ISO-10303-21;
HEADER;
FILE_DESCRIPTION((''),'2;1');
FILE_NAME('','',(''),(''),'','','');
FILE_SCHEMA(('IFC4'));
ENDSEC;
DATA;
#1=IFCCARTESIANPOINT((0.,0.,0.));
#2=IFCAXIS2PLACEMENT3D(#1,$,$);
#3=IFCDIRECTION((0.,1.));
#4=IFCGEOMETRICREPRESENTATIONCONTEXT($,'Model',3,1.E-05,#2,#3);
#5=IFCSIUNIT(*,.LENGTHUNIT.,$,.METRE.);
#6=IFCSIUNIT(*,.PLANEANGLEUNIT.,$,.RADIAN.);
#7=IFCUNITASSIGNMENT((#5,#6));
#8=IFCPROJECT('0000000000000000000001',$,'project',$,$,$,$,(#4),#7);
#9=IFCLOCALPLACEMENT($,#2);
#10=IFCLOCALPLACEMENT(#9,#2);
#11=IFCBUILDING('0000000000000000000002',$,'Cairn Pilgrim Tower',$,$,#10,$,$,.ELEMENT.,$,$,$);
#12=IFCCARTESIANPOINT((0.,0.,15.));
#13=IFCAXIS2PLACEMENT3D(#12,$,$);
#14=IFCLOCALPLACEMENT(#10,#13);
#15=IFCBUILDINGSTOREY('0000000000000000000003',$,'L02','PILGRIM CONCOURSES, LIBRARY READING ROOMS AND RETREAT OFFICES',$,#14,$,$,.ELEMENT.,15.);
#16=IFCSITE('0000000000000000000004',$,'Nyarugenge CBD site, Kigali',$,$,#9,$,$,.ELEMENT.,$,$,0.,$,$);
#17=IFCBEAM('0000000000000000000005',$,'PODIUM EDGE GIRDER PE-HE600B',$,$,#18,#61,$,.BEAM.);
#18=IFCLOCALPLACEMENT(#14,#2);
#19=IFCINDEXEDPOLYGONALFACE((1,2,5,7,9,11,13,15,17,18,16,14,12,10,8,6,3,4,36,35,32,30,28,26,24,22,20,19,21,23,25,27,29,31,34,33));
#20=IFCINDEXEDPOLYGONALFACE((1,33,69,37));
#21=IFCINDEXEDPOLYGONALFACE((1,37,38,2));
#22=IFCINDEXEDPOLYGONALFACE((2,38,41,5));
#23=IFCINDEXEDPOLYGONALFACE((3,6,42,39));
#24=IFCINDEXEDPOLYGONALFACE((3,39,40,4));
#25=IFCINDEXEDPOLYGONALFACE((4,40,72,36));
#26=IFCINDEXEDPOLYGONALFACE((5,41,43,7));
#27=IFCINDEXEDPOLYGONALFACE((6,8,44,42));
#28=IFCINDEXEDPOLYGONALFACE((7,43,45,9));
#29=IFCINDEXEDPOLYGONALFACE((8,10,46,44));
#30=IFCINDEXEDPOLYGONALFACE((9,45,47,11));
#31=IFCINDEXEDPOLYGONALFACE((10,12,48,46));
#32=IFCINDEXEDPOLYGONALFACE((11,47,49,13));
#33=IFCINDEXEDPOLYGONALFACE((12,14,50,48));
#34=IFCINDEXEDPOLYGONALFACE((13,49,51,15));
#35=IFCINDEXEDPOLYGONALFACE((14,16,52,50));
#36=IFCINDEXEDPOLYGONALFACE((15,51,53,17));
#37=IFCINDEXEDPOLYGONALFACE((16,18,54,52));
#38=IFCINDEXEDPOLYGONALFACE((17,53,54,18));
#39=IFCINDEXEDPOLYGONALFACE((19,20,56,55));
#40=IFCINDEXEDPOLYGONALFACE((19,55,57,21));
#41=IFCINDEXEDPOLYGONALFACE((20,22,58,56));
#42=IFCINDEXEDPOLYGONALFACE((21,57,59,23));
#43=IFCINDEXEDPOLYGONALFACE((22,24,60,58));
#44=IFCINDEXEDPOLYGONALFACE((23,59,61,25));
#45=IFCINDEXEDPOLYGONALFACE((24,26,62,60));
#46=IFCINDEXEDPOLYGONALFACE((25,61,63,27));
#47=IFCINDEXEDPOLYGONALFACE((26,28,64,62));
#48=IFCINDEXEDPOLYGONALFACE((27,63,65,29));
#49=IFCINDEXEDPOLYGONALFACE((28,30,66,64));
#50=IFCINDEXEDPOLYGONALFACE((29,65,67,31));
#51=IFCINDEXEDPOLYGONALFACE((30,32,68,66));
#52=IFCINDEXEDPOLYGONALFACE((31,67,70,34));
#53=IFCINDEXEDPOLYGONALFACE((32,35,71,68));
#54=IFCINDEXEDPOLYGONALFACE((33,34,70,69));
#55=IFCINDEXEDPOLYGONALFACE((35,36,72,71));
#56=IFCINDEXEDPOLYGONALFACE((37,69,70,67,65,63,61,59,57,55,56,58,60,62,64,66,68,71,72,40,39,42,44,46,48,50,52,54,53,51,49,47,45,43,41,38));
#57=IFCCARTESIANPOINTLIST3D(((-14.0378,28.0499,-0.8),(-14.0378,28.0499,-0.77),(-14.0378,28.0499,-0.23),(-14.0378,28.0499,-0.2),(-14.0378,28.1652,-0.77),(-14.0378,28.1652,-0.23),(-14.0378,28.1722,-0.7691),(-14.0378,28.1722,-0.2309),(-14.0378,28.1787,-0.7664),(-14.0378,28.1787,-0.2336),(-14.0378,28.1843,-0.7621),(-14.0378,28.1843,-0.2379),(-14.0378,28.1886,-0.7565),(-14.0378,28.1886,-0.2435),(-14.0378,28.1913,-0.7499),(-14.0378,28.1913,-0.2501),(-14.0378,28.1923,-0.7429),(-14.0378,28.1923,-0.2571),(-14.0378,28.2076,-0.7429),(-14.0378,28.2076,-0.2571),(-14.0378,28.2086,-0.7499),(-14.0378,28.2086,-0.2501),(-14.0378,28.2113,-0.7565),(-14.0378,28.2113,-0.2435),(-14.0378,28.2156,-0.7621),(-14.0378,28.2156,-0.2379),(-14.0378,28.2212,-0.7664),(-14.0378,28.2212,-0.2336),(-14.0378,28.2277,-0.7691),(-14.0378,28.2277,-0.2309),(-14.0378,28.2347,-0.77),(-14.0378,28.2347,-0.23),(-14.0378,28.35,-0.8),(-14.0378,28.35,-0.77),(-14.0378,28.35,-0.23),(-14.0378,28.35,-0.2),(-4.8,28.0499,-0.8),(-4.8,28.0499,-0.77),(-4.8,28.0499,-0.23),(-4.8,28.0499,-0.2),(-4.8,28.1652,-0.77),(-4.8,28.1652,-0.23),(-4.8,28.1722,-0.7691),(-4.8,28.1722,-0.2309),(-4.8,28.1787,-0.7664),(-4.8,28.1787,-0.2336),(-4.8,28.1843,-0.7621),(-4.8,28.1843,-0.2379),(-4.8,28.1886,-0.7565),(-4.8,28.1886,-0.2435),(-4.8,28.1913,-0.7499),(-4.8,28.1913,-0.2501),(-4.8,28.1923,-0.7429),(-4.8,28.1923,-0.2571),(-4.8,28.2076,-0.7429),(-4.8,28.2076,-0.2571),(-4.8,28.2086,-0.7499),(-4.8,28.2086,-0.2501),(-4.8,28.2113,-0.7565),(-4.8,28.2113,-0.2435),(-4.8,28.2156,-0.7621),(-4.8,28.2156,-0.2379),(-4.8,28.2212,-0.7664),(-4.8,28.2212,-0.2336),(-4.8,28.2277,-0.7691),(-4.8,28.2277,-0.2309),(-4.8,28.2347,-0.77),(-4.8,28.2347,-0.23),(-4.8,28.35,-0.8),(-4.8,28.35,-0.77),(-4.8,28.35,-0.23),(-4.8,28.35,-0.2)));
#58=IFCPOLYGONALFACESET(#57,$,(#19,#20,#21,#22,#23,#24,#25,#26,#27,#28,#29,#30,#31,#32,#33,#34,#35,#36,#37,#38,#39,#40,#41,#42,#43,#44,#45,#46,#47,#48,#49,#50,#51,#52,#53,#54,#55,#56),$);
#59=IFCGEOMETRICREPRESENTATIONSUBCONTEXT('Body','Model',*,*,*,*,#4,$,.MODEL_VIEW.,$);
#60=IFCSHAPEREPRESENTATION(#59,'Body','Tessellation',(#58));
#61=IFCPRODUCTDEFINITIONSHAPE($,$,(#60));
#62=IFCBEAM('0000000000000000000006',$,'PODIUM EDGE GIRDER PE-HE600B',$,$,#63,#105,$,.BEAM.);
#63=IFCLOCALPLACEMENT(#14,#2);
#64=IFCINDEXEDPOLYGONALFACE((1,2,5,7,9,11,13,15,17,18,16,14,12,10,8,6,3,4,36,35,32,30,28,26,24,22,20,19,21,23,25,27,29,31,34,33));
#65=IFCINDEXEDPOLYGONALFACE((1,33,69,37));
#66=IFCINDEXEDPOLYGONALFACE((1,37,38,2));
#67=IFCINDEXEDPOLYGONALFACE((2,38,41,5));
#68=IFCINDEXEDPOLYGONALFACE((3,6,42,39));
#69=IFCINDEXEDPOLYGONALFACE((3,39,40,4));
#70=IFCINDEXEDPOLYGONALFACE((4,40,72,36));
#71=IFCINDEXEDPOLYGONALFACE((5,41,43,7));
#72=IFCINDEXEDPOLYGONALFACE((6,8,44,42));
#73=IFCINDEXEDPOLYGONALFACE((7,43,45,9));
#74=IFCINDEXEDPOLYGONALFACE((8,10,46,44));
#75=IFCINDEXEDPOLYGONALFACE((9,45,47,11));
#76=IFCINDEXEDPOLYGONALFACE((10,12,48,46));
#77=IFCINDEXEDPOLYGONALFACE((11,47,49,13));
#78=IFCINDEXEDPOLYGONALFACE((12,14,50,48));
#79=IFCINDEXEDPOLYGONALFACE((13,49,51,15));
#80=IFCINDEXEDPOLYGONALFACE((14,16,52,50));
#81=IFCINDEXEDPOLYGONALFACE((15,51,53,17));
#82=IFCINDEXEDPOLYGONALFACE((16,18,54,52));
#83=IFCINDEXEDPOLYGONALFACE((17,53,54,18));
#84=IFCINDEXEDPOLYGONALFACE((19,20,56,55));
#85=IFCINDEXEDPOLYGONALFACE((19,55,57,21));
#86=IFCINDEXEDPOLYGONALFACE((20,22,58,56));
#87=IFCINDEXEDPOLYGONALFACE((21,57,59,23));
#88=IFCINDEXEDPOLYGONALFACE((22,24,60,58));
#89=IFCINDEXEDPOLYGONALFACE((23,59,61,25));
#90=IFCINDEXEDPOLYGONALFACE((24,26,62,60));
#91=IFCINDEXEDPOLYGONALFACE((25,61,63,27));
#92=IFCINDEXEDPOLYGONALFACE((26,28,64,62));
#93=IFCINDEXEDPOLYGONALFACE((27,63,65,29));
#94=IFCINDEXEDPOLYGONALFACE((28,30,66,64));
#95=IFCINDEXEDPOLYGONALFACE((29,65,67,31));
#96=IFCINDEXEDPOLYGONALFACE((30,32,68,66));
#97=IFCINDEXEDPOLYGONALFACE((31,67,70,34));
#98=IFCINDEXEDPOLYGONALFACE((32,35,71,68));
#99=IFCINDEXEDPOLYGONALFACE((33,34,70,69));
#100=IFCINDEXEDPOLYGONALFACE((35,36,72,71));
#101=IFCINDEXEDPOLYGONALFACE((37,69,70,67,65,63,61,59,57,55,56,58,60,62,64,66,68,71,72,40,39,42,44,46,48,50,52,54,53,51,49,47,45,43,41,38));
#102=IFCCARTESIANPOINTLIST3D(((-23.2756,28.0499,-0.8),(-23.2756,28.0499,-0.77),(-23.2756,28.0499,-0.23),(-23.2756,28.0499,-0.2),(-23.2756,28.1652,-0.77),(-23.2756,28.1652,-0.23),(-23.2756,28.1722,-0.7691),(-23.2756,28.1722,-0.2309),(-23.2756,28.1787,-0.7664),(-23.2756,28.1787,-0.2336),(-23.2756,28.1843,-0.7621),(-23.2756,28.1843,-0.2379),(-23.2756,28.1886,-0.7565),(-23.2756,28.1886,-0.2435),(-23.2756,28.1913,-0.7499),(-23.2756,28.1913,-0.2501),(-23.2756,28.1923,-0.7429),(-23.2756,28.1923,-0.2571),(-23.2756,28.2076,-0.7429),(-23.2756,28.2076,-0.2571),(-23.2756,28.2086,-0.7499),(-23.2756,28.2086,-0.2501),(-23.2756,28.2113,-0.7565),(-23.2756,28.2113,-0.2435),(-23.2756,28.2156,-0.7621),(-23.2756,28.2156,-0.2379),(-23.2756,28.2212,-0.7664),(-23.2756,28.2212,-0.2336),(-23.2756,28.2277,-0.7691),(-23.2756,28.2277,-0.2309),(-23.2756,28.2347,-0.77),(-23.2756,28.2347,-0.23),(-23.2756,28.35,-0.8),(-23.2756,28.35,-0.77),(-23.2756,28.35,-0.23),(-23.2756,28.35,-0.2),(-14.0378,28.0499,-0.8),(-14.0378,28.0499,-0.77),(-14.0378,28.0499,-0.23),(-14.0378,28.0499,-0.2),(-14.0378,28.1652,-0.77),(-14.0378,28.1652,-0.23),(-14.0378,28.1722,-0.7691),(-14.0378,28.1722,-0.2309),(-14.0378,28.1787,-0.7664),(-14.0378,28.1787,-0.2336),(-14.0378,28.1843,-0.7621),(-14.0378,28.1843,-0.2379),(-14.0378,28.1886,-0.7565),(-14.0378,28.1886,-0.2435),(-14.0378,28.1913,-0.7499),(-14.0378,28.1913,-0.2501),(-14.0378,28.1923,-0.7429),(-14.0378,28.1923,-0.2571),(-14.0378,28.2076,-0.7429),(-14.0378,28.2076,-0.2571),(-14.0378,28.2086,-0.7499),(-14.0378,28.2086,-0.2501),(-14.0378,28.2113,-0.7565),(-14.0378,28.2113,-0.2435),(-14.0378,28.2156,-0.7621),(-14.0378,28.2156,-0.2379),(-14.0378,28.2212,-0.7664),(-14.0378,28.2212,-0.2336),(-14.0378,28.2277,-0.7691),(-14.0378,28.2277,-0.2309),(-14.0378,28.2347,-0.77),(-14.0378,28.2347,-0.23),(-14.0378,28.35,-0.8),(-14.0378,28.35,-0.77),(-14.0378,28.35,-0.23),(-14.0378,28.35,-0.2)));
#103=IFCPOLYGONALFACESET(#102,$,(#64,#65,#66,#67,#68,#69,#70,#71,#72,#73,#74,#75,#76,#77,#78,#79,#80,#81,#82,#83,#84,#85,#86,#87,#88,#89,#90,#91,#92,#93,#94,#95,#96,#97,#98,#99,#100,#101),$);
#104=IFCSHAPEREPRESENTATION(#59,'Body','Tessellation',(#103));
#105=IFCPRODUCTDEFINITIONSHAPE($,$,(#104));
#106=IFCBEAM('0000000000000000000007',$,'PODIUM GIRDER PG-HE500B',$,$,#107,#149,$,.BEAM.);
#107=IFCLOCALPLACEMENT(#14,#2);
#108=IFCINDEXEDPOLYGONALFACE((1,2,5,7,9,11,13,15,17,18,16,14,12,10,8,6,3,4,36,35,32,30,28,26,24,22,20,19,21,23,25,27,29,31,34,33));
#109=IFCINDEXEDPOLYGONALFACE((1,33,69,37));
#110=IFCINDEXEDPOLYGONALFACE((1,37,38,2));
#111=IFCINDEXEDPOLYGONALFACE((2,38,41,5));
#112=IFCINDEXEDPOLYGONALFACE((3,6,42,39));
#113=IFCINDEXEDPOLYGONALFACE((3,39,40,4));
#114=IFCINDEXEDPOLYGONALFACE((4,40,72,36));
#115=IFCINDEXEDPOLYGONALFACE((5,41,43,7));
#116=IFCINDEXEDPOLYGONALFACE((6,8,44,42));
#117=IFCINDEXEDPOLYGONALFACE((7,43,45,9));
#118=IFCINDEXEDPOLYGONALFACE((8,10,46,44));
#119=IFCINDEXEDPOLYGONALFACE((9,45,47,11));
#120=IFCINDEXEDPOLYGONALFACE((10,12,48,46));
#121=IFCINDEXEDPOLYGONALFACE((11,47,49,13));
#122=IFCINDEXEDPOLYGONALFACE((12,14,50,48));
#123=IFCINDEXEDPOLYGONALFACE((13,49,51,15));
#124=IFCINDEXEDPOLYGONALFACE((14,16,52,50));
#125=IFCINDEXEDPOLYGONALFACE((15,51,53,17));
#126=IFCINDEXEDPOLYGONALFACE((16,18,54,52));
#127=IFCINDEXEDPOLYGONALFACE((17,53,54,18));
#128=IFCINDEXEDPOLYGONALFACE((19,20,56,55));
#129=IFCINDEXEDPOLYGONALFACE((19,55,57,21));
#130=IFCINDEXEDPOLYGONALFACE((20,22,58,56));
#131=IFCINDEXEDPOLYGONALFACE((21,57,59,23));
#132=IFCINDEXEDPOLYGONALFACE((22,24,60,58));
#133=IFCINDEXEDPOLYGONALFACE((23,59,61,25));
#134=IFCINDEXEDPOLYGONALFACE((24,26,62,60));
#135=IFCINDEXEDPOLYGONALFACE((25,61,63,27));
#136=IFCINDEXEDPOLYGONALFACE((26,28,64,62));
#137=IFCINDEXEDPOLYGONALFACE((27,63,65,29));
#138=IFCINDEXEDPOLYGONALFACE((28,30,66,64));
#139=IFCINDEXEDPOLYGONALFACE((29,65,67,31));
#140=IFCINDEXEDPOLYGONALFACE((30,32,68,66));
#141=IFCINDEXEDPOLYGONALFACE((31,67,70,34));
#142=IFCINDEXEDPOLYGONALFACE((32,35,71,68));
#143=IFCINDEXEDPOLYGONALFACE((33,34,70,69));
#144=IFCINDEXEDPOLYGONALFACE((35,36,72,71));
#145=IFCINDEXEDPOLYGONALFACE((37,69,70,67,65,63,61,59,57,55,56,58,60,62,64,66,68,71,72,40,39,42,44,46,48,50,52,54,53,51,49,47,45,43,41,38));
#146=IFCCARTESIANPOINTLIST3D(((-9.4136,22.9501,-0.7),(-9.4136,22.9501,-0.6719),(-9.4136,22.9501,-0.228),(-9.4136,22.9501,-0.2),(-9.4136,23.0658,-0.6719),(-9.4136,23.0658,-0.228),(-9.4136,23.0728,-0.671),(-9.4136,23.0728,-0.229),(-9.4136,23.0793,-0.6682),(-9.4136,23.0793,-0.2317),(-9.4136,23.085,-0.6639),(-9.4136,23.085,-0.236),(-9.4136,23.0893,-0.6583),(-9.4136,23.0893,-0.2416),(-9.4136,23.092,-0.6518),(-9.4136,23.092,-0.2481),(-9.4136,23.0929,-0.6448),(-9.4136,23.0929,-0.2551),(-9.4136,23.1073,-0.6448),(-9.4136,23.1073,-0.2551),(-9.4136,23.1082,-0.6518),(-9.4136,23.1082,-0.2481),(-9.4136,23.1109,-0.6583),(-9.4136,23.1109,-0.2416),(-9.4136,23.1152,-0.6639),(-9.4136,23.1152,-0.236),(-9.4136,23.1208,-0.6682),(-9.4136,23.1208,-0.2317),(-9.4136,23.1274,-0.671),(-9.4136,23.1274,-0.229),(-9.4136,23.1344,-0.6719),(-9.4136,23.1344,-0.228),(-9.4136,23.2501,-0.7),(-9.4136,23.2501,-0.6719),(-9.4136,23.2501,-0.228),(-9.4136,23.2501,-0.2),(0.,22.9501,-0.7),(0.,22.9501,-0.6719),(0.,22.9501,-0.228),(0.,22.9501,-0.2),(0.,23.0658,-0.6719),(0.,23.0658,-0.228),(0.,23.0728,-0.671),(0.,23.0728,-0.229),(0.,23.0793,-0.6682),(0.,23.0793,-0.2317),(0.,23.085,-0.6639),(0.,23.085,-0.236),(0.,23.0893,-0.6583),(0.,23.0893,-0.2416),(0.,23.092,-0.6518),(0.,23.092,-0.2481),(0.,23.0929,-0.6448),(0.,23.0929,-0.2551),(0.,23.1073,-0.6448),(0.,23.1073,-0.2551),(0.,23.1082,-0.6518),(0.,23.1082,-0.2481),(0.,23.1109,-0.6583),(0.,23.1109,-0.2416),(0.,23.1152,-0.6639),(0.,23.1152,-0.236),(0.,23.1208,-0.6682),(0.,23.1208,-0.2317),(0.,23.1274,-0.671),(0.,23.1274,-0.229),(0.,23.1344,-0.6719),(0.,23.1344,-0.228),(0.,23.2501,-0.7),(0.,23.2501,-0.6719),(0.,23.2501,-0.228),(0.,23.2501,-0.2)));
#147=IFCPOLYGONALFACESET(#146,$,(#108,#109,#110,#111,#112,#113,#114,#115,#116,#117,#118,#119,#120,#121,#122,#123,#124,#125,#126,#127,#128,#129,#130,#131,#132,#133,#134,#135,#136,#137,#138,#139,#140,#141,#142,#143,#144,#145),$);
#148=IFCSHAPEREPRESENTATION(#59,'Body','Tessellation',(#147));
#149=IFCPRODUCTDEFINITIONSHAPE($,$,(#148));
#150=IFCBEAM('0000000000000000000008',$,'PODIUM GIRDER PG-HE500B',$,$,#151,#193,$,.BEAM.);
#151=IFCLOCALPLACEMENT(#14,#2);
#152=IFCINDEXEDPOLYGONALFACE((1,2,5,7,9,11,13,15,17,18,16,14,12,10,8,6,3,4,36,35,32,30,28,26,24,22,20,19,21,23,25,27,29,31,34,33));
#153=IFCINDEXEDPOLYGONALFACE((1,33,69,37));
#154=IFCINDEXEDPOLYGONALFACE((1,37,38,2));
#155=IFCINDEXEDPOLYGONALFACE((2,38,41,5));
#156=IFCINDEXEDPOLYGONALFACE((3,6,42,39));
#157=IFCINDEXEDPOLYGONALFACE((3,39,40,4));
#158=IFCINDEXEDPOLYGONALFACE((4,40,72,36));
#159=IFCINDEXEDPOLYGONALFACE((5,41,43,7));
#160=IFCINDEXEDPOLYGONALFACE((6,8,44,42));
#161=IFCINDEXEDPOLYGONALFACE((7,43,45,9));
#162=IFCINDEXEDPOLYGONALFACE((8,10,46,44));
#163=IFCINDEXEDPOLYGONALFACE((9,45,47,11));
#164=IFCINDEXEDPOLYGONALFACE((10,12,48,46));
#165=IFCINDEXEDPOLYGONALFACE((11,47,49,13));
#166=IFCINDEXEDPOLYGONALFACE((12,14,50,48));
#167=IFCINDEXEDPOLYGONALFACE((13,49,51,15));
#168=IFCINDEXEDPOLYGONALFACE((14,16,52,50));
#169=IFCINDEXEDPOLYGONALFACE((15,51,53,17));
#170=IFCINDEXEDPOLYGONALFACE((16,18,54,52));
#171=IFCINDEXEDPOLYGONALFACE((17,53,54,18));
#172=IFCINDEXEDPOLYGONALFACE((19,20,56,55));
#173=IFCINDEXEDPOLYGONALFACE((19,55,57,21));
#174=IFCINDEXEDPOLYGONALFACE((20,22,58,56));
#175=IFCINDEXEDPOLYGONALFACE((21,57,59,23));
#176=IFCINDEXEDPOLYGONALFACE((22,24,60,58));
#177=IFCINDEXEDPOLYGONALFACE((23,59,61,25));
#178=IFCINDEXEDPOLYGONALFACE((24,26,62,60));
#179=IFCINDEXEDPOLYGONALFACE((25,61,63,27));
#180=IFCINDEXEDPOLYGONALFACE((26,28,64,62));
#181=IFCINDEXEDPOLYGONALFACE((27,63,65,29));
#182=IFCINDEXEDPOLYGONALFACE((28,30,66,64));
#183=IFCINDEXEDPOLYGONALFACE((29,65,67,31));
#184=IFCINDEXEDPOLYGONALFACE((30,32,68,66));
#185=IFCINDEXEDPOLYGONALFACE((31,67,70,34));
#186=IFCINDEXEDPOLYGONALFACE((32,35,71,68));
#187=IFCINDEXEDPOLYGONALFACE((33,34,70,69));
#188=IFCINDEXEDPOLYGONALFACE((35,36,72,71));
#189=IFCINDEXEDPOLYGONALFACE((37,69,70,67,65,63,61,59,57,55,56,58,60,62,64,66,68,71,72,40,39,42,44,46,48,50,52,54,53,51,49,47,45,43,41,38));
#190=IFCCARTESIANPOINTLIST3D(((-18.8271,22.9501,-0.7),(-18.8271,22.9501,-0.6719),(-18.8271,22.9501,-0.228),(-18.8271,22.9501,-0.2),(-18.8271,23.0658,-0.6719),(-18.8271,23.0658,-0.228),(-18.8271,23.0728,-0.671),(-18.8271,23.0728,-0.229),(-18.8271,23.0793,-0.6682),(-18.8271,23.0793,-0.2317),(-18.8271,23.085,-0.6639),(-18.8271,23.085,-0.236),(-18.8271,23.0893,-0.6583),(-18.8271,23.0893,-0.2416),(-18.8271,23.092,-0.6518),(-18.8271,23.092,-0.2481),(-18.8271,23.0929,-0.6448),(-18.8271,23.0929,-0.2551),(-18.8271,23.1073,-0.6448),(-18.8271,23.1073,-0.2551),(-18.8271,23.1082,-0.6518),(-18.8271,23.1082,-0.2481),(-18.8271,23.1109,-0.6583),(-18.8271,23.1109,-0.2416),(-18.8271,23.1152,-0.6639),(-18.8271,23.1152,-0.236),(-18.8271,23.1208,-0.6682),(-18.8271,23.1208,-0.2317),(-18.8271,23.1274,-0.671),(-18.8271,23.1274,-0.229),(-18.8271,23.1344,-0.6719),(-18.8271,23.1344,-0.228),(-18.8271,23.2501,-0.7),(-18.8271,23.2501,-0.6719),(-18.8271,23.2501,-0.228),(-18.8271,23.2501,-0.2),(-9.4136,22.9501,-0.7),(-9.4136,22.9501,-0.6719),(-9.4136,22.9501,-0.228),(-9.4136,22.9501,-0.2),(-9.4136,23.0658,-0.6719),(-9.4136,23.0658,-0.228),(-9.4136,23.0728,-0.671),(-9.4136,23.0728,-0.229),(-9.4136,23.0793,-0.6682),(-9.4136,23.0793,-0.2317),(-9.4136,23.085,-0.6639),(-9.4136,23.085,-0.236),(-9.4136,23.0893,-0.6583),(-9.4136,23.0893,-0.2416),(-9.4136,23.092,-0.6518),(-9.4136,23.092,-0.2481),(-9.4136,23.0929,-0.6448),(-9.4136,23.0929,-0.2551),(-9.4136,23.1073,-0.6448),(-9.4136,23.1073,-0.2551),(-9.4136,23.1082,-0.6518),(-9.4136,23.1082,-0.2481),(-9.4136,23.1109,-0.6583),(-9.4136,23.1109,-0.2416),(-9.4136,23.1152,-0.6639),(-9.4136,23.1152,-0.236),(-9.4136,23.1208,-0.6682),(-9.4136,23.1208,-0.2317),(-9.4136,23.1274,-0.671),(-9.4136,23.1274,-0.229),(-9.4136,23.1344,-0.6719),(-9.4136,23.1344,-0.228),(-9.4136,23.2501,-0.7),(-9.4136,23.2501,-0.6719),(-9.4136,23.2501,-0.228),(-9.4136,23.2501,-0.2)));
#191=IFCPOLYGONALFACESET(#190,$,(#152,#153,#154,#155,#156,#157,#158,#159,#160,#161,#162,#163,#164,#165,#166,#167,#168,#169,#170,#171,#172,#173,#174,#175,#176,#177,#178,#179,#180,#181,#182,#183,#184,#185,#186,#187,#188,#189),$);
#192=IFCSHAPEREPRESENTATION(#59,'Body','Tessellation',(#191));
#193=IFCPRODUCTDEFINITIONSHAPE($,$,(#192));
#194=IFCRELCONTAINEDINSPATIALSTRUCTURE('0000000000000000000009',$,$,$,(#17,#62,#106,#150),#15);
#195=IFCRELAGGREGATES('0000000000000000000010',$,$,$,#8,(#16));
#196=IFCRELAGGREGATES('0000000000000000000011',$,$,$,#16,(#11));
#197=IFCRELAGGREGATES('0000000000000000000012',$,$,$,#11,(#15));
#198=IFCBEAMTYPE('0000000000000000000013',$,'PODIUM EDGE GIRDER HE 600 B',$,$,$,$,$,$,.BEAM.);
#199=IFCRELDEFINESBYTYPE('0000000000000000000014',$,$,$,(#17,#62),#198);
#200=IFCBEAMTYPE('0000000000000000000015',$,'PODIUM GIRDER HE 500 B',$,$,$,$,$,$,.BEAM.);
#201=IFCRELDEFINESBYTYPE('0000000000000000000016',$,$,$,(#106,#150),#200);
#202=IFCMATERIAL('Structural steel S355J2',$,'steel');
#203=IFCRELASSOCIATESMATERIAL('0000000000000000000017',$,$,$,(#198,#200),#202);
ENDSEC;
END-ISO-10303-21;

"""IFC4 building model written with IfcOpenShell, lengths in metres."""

from ifc_helpers import new_model, si_unit, direction, frame, origin, origin_2d, place, context, subcontext, project, spatial, i_section, extrude, material, material_profile, profile_set, type_object, element, save


model = new_model("IFC4")

# Units and contexts
model_context = context("Model", 3, precision=1e-05, world=origin(), true_north=direction((0.0, 1.0)))
body_context = subcontext(model_context, "Body", "Model", "MODEL_VIEW")
ifc_project = project(units=[si_unit("LENGTHUNIT", "METRE"), si_unit("PLANEANGLEUNIT", "RADIAN")], contexts=[model_context])

# Site, building, storey
site_placement = place(None, origin())
site = spatial("IfcSite", under=ifc_project, at=site_placement, Name="Nyarugenge CBD site, Kigali", CompositionType="ELEMENT", RefElevation=0.0)
building_placement = place(site_placement, origin())
building = spatial("IfcBuilding", under=site, at=building_placement, Name="Cairn Pilgrim Tower", CompositionType="ELEMENT")
storey_placement = place(building_placement, frame((0.0, 0.0, 15.0)))
storey = spatial("IfcBuildingStorey", under=building, at=storey_placement, Name="L02", Description="PILGRIM CONCOURSES, LIBRARY READING ROOMS AND RETREAT OFFICES", CompositionType="ELEMENT", Elevation=15.0)

# Beams
ifc_material_1 = material(Name="Structural steel S355J2", Category="steel")
ifc_material_profile_1 = material_profile(ifc_material_1, i_section(OverallWidth=0.3, OverallDepth=0.6001, WebThickness=0.0154, FlangeThickness=0.03, FilletRadius=0.0271, at=origin_2d()), Name="HEB 600")
ifc_profile_set_1 = profile_set([ifc_material_profile_1], Name="Structural steel S355J2")
beam_type_1 = type_object("IfcBeamType", Name="PODIUM EDGE GIRDER HE 600 B", PredefinedType="BEAM", material=ifc_profile_set_1)
for number, where, z_axis, x_axis, name in (
    (1, (-4.8, 28.2, -0.5), (-1.0, 0.0, 0.0), (0.0, -1.0, 0.0), "PODIUM EDGE GIRDER PE-HE600B"),
    (2, (-14.0378, 28.2, -0.5), (-1.0, 0.0, 0.0), (0.0, -1.0, 0.0), "PODIUM EDGE GIRDER PE-HE600B"),
):
    element("IfcBeam", number, at=place(storey_placement, frame(where, z_axis=z_axis, x_axis=x_axis)), inside=storey, type_object=beam_type_1, Name=name, PredefinedType="BEAM", context=body_context, shape_type="SweptSolid", body=[
        extrude(i_section(OverallWidth=0.3, OverallDepth=0.6001, WebThickness=0.0154, FlangeThickness=0.03, FilletRadius=0.0271, at=origin_2d()), origin(), (0.0, 0.0, 1.0), 9.2378),
    ])
ifc_material_profile_2 = material_profile(ifc_material_1, i_section(OverallWidth=0.3, OverallDepth=0.5, WebThickness=0.0144, FlangeThickness=0.0281, FilletRadius=0.0271, at=origin_2d()), Name="HEB 500")
ifc_profile_set_2 = profile_set([ifc_material_profile_2], Name="Structural steel S355J2")
beam_type_2 = type_object("IfcBeamType", Name="PODIUM GIRDER HE 500 B", PredefinedType="BEAM", material=ifc_profile_set_2)
for number, where, z_axis, x_axis, name in (
    (3, (0.0, 23.1001, -0.45), (-1.0, 0.0, 0.0), (0.0, -1.0, 0.0), "PODIUM GIRDER PG-HE500B"),
    (4, (-9.4136, 23.1001, -0.45), (-1.0, 0.0, 0.0), (0.0, -1.0, 0.0), "PODIUM GIRDER PG-HE500B"),
):
    element("IfcBeam", number, at=place(storey_placement, frame(where, z_axis=z_axis, x_axis=x_axis)), inside=storey, type_object=beam_type_2, Name=name, PredefinedType="BEAM", context=body_context, shape_type="SweptSolid", body=[
        extrude(i_section(OverallWidth=0.3, OverallDepth=0.5, WebThickness=0.0144, FlangeThickness=0.0281, FilletRadius=0.0271, at=origin_2d()), origin(), (0.0, 0.0, 1.0), 9.4136),
    ])

save(model, "model.ifc")
